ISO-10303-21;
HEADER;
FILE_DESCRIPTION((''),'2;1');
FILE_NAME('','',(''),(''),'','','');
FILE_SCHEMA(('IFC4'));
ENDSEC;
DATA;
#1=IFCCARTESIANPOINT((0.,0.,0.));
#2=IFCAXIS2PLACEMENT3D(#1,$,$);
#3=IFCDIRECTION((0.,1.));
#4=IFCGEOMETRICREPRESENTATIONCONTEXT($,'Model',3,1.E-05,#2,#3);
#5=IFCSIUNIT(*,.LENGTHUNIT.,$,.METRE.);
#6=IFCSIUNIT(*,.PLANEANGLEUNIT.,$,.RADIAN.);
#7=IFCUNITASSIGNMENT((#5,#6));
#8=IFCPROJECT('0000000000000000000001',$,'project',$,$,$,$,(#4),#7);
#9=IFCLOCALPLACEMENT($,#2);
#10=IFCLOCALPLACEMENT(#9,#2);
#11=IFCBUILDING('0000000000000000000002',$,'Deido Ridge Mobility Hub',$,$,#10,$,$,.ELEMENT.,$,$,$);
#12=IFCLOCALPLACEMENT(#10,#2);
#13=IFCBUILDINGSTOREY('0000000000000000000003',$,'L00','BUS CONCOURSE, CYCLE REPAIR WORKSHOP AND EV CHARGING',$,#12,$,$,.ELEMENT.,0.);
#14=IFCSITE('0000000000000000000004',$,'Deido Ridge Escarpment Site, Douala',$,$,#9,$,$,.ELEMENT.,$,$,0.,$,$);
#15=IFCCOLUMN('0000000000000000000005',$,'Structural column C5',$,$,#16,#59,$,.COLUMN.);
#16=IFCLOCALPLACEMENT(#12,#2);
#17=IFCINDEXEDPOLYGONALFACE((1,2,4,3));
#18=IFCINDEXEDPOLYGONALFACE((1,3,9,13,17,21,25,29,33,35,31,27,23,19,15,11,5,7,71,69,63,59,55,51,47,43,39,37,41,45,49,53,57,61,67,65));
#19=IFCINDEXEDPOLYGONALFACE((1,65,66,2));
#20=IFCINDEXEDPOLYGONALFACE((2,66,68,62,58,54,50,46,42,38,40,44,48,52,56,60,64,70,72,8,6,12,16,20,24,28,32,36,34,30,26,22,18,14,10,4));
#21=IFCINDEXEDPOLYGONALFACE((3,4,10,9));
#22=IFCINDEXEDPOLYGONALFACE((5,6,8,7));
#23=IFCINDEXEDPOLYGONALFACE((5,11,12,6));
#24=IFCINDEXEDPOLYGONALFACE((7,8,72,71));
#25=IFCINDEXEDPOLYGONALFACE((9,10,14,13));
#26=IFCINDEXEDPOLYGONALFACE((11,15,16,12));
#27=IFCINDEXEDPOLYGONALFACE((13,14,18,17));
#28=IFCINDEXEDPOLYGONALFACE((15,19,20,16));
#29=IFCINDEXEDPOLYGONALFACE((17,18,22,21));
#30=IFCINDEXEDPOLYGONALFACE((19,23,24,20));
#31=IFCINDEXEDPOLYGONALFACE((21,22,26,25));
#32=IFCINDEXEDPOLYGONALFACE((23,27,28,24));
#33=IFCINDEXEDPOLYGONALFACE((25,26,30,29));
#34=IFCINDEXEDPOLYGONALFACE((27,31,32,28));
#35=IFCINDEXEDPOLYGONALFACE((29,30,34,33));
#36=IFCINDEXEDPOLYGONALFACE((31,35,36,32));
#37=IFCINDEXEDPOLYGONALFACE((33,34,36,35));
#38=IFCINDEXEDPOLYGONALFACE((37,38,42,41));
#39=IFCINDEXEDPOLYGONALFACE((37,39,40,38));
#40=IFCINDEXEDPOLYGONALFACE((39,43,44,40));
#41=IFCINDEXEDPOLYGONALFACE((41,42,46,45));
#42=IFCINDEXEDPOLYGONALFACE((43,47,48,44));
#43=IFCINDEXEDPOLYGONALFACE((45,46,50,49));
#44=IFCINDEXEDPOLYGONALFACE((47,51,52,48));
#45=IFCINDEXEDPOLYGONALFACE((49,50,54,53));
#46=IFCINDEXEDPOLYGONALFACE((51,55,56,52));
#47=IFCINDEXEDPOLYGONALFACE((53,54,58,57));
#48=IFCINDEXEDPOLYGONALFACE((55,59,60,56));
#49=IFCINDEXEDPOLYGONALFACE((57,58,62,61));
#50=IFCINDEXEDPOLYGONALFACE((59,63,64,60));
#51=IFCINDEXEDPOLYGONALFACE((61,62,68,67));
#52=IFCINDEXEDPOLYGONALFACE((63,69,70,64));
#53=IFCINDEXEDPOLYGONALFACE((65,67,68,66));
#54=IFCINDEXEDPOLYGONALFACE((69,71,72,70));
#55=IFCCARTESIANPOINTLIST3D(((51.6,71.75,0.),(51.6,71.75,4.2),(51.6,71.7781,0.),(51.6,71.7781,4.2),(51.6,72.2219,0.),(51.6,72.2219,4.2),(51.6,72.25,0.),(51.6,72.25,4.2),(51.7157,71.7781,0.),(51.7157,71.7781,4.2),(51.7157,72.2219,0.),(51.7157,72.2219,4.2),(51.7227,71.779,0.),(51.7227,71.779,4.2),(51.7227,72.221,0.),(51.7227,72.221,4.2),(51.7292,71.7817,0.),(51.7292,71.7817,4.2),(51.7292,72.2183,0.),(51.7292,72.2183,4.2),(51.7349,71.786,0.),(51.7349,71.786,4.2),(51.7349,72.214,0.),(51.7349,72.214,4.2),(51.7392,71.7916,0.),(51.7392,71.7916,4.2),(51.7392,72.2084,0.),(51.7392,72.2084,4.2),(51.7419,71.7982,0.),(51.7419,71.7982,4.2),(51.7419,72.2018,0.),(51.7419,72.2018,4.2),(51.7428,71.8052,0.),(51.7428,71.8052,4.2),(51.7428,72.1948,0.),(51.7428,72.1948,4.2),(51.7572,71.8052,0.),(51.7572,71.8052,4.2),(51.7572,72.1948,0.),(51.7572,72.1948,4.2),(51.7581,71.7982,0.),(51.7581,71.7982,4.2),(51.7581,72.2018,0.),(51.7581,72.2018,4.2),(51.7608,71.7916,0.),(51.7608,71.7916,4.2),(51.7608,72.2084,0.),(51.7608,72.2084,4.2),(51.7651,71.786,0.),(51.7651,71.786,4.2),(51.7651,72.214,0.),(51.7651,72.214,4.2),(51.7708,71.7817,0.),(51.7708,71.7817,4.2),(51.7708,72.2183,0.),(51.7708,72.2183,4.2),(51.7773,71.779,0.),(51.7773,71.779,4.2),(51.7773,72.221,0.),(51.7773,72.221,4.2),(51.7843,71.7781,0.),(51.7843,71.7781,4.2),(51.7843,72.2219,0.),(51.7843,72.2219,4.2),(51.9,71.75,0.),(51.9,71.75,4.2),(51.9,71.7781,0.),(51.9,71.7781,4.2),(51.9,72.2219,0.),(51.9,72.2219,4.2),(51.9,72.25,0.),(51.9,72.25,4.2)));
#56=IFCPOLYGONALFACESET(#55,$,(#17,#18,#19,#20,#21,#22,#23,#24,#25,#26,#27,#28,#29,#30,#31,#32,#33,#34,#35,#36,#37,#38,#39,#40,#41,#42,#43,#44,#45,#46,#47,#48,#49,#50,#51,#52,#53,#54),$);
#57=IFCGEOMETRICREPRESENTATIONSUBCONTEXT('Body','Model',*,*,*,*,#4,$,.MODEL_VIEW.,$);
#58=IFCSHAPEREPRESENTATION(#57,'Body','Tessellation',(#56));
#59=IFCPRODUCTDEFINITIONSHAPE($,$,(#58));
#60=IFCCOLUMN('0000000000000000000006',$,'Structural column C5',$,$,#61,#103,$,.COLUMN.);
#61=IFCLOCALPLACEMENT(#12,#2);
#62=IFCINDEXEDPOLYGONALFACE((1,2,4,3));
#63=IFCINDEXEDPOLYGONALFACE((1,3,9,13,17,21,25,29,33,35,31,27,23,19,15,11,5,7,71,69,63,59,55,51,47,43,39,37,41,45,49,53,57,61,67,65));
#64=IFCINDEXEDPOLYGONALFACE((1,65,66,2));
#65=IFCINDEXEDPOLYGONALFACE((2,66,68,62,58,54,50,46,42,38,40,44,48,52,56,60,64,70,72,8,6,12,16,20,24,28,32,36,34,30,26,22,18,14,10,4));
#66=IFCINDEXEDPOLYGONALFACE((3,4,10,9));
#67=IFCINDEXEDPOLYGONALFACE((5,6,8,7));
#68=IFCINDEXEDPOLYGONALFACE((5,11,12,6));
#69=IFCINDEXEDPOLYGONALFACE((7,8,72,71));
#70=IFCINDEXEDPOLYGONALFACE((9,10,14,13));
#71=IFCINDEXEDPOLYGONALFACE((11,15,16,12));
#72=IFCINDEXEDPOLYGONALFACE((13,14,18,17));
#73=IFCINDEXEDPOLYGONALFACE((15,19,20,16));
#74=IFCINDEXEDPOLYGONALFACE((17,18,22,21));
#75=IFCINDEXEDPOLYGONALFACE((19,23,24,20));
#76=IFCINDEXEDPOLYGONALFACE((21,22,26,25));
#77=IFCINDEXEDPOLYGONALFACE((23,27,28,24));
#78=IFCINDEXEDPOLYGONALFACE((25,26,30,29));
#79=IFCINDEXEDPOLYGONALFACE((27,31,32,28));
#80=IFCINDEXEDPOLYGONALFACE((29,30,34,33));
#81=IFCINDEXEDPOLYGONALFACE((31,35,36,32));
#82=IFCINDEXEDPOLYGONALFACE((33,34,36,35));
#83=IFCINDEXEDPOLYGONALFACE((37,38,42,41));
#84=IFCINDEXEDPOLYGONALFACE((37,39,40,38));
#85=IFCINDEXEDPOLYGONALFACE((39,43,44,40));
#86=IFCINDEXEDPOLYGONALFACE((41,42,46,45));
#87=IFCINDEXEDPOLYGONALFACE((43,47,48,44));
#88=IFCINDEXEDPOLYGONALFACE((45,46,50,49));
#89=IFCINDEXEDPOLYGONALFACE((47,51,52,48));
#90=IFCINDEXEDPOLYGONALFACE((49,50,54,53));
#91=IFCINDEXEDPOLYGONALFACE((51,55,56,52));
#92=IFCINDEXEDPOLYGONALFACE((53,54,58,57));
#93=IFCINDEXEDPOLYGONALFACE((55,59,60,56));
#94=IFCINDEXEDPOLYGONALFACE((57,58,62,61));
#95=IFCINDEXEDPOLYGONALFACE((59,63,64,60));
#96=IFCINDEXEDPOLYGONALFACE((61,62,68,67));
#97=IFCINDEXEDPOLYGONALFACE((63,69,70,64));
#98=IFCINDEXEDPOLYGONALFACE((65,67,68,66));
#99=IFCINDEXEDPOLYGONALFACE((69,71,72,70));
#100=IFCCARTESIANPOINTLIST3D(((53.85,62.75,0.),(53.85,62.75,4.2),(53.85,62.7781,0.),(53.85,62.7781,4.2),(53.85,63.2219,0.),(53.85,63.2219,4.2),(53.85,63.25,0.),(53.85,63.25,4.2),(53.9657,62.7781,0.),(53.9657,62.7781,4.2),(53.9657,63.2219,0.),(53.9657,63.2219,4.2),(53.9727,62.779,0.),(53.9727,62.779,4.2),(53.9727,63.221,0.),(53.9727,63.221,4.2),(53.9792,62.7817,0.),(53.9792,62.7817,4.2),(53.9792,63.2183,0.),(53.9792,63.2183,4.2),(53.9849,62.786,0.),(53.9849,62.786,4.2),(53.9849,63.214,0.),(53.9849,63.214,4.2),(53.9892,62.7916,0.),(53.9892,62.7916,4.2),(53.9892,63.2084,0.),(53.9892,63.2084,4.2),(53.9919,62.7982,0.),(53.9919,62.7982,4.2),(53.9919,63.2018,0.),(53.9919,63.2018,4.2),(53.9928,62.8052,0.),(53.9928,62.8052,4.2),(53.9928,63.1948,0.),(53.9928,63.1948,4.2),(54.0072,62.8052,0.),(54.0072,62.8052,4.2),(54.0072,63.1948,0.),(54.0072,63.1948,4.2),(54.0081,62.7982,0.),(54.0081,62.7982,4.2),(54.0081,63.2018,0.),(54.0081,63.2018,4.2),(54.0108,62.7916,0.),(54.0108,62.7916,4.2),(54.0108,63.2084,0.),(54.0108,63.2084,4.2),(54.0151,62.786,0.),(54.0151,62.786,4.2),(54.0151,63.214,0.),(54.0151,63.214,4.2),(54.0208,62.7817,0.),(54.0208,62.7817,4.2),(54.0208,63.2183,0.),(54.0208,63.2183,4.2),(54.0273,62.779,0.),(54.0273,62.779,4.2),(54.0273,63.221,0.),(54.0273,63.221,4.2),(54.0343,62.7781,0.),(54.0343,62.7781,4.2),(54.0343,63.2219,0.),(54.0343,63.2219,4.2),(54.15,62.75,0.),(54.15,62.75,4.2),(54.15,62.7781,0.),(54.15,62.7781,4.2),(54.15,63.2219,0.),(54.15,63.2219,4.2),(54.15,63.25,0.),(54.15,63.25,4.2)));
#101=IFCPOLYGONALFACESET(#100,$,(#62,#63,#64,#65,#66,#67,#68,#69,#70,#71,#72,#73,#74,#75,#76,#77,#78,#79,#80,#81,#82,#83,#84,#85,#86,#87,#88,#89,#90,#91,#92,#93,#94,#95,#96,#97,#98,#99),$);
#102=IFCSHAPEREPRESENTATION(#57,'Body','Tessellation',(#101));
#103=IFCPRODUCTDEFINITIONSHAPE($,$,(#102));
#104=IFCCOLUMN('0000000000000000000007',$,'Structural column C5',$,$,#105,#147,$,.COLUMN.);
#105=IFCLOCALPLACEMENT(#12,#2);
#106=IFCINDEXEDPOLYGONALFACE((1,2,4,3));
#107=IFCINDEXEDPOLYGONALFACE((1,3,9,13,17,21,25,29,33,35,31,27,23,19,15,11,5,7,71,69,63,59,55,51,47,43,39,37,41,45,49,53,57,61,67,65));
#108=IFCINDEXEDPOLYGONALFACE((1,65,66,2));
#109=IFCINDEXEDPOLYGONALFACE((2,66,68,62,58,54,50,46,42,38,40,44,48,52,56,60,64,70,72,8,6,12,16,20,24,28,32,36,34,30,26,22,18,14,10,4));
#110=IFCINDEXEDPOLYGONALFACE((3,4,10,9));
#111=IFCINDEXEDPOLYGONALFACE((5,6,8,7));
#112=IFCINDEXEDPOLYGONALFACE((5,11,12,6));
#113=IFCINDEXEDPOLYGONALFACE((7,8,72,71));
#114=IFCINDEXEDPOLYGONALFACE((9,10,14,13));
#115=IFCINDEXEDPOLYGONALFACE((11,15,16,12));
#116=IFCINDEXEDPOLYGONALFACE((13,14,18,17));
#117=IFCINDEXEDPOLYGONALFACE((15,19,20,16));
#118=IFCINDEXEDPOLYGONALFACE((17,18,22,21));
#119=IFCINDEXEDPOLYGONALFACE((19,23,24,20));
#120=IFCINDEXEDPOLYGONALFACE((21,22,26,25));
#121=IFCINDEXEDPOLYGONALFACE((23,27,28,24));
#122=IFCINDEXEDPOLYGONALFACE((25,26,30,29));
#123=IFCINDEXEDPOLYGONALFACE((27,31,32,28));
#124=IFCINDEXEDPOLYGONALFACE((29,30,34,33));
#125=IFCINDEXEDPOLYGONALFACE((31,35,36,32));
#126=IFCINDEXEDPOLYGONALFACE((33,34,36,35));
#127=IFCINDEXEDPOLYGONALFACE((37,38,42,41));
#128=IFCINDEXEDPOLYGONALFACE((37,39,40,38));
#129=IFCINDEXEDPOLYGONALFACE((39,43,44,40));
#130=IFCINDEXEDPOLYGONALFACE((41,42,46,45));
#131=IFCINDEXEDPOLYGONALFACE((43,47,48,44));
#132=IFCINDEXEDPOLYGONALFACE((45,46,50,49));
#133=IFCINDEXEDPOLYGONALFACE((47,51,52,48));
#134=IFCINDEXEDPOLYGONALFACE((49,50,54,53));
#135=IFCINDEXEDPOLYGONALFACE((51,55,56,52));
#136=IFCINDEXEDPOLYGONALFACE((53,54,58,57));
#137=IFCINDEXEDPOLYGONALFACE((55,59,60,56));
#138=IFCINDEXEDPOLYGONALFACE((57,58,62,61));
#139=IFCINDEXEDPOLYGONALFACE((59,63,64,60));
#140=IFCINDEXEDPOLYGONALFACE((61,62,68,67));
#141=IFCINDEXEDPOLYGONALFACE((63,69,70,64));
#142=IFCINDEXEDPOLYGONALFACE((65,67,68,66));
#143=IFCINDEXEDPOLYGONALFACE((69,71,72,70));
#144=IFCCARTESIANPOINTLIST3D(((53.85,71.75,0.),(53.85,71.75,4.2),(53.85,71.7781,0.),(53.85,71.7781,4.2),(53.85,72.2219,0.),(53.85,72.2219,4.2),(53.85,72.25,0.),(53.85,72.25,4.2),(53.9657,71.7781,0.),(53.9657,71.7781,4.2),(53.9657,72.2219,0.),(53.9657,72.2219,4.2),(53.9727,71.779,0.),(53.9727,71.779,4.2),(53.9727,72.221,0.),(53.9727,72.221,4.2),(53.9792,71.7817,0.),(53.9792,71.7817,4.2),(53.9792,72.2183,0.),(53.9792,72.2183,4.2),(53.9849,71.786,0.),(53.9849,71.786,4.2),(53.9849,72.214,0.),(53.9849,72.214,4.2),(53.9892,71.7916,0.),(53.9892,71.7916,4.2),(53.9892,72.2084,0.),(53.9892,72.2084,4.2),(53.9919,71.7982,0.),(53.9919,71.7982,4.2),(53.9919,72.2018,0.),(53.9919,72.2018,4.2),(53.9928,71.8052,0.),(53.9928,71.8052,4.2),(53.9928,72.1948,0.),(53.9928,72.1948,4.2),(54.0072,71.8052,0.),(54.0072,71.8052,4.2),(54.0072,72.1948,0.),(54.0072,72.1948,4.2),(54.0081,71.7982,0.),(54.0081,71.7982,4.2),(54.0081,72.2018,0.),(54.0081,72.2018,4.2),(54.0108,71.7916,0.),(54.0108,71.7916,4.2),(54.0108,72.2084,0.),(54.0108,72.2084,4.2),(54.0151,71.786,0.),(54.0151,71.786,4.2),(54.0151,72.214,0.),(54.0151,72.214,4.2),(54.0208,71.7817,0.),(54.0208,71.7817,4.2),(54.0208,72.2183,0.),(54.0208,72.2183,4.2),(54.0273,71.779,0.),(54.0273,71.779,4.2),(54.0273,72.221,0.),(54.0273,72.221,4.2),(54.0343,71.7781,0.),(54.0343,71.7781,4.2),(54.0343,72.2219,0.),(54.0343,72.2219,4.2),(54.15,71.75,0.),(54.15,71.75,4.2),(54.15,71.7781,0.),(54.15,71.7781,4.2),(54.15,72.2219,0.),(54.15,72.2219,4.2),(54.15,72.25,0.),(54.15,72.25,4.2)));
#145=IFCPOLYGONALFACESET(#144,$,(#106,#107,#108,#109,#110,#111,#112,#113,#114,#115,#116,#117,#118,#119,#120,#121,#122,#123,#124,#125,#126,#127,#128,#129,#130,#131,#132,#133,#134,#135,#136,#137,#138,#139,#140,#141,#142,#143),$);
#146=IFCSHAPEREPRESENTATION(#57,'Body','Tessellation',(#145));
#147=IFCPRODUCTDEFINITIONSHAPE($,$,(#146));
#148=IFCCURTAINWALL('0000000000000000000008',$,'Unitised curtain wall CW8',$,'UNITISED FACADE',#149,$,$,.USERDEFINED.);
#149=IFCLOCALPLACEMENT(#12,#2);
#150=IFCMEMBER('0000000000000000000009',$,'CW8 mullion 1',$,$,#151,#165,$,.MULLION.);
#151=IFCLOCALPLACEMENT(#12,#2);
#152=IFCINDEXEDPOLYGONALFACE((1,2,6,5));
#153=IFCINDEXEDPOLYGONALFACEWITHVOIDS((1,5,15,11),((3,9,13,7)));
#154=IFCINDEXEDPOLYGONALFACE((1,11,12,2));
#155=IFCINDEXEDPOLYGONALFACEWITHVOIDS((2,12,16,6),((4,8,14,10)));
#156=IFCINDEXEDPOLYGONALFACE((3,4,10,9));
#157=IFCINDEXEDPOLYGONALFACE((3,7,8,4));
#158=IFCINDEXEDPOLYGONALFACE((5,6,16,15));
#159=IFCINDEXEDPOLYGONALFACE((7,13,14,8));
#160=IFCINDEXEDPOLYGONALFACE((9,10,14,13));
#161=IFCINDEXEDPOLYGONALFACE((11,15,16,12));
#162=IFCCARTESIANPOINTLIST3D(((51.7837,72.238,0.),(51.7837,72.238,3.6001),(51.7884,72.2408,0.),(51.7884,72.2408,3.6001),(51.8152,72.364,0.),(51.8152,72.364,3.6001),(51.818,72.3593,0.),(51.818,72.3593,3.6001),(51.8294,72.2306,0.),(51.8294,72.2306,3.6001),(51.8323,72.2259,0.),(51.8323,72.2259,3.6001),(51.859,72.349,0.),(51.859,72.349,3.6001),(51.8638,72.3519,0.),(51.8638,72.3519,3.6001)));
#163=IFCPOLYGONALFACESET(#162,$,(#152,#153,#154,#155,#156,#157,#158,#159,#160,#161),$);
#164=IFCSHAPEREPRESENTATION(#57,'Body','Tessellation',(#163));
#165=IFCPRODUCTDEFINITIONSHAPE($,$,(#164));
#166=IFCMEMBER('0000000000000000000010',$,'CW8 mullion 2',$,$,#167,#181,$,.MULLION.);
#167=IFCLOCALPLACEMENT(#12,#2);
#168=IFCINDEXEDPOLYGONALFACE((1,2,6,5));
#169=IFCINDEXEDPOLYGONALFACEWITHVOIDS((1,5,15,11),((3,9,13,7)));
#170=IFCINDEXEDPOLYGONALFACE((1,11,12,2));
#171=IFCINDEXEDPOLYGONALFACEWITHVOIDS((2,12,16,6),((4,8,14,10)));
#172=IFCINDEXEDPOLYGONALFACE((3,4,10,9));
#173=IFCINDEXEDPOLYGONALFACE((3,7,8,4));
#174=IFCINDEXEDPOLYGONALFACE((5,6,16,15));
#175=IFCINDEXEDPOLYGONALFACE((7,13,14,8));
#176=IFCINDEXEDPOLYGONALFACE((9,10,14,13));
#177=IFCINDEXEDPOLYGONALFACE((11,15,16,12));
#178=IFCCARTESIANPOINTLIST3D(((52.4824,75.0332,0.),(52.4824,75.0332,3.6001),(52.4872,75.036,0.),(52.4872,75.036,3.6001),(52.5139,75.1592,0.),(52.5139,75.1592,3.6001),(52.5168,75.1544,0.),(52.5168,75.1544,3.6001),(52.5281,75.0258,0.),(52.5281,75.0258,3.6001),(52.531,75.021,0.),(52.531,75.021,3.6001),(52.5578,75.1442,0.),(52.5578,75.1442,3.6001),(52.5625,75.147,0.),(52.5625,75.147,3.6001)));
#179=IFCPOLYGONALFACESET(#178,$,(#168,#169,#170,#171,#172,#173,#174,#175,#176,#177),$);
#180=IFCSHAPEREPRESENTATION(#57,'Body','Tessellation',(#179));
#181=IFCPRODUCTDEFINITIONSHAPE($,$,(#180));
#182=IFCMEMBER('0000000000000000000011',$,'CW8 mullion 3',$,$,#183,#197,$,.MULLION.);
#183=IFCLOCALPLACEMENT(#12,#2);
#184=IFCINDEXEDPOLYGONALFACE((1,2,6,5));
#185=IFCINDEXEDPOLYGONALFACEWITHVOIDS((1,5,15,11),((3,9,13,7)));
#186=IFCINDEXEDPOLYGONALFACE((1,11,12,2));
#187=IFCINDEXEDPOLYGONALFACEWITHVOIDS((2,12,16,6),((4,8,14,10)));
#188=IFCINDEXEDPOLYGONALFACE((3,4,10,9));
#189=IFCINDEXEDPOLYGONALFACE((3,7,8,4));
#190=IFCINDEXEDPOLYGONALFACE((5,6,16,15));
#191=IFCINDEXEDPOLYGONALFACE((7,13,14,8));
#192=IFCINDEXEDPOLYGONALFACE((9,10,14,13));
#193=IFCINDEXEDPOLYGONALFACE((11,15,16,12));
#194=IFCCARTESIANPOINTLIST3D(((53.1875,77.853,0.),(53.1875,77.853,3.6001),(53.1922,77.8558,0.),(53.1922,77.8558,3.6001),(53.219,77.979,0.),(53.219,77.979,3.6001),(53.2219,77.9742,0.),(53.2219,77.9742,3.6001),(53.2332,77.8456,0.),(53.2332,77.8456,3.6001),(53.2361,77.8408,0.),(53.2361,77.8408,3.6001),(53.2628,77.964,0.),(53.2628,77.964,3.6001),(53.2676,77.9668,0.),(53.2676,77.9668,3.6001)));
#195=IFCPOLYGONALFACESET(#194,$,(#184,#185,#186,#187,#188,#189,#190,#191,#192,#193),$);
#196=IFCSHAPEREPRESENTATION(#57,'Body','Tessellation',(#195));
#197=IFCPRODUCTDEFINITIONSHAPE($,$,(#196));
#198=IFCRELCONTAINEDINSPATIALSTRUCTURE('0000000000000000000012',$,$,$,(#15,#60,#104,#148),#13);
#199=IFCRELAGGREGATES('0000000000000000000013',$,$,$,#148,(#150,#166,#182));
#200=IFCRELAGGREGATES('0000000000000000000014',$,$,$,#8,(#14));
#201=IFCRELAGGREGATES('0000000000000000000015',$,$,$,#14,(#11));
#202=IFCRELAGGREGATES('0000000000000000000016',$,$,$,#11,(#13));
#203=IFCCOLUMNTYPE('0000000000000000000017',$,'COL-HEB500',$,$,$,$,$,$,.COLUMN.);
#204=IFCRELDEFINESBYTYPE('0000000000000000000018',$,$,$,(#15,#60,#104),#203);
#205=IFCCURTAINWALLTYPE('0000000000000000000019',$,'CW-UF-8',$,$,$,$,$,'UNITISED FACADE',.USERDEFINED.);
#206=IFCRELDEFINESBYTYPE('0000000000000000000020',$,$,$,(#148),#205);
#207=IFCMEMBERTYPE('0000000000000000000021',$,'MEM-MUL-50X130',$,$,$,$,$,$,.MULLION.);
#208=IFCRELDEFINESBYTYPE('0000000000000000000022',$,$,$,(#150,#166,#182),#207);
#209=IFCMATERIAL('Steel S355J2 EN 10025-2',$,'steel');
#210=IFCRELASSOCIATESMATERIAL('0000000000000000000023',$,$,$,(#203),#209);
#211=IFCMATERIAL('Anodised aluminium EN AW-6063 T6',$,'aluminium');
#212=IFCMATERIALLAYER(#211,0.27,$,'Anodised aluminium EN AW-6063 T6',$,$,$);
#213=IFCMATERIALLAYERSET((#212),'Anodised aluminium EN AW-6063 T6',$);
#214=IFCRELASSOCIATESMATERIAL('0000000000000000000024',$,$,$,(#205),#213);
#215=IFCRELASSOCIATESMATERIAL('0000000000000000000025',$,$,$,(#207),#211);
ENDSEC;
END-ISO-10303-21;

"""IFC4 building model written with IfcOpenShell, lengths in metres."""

from ifc_helpers import new_model, si_unit, direction, frame, origin, origin_2d, place, context, subcontext, project, spatial, hollow_rectangle, i_section, extrude, material, layer, layer_set, material_profile, profile_set, type_object, element, aggregate, save


model = new_model("IFC4")

# Units and contexts
model_context = context("Model", 3, precision=1e-05, world=origin(), true_north=direction((0.0, 1.0)))
body_context = subcontext(model_context, "Body", "Model", "MODEL_VIEW")
ifc_project = project(units=[si_unit("LENGTHUNIT", "METRE"), si_unit("PLANEANGLEUNIT", "RADIAN")], contexts=[model_context])

# Site, building, storey
site_placement = place(None, origin())
site = spatial("IfcSite", under=ifc_project, at=site_placement, Name="Deido Ridge Escarpment Site, Douala", CompositionType="ELEMENT", RefElevation=0.0)
building_placement = place(site_placement, origin())
building = spatial("IfcBuilding", under=site, at=building_placement, Name="Deido Ridge Mobility Hub", CompositionType="ELEMENT")
storey_placement = place(building_placement, origin())
storey = spatial("IfcBuildingStorey", under=building, at=storey_placement, Name="L00", Description="BUS CONCOURSE, CYCLE REPAIR WORKSHOP AND EV CHARGING", CompositionType="ELEMENT", Elevation=0.0)

# Columns
ifc_material_1 = material(Name="Steel S355J2 EN 10025-2", Category="steel")
ifc_material_profile_1 = material_profile(ifc_material_1, i_section(OverallWidth=0.3, OverallDepth=0.5, WebThickness=0.0144, FlangeThickness=0.0281, FilletRadius=0.0271, at=origin_2d()), Name="HEB 500")
ifc_profile_set_1 = profile_set([ifc_material_profile_1], Name="Steel S355J2 EN 10025-2")
column_type = type_object("IfcColumnType", Name="COL-HEB500", PredefinedType="COLUMN", material=ifc_profile_set_1)
for number, where, z_axis, x_axis, name in (
    (1, (51.75, 72.0, 0.0), (0.0, 0.0, 1.0), (1.0, 0.0, 0.0), "Structural column C5"),
    (2, (54.0, 63.0, 0.0), (0.0, 0.0, 1.0), (1.0, 0.0, 0.0), "Structural column C5"),
    (3, (54.0, 72.0, 0.0), (0.0, 0.0, 1.0), (1.0, 0.0, 0.0), "Structural column C5"),
):
    element("IfcColumn", number, at=place(storey_placement, frame(where, z_axis=z_axis, x_axis=x_axis)), inside=storey, type_object=column_type, Name=name, PredefinedType="COLUMN", context=body_context, shape_type="SweptSolid", body=[
        extrude(i_section(OverallWidth=0.3, OverallDepth=0.5, WebThickness=0.0144, FlangeThickness=0.0281, FilletRadius=0.0271, at=origin_2d()), origin(), (0.0, 0.0, 1.0), 4.2),
    ])

# Curtain wall, members
ifc_material_2 = material(Name="Anodised aluminium EN AW-6063 T6", Category="aluminium")
ifc_layer_1 = layer(ifc_material_2, 0.27, Name="Anodised aluminium EN AW-6063 T6")
ifc_layer_set_1 = layer_set([ifc_layer_1], Name="Anodised aluminium EN AW-6063 T6")
curtain_wall_type_1 = type_object("IfcCurtainWallType", Name="CW-UF-8", ElementType="UNITISED FACADE", PredefinedType="USERDEFINED", material=ifc_layer_set_1)
curtain_wall_1_placement = place(storey_placement, origin())
curtain_wall_1 = element("IfcCurtainWall", 4, at=curtain_wall_1_placement, inside=storey, type_object=curtain_wall_type_1, Name="Unitised curtain wall CW8", ObjectType="UNITISED FACADE", PredefinedType="USERDEFINED")
ifc_material_profile_2 = material_profile(ifc_material_2, hollow_rectangle(XDim=0.05, YDim=0.1299, WallThickness=0.0039, at=origin_2d()), Name="RHS 50x130x4")
ifc_profile_set_2 = profile_set([ifc_material_profile_2], Name="Anodised aluminium EN AW-6063 T6")
member_type_1 = type_object("IfcMemberType", Name="MEM-MUL-50X130", PredefinedType="MULLION", material=ifc_profile_set_2)
member_1_placement = place(storey_placement, frame((51.8237, 72.2949, 0.0), z_axis=(0.0, 0.0, 1.0), x_axis=(-0.97014, 0.242546, 0.0)))
member_1 = element("IfcMember", 5, at=member_1_placement, type_object=member_type_1, Name="CW8 mullion 1", PredefinedType="MULLION", context=body_context, shape_type="SweptSolid", body=[
    extrude(hollow_rectangle(XDim=0.05, YDim=0.1299, WallThickness=0.0039, at=origin_2d()), origin(), (0.0, 0.0, 1.0), 3.6001),
])
member_2_placement = place(storey_placement, frame((52.5225, 75.0901, 0.0), z_axis=(0.0, 0.0, 1.0), x_axis=(-0.97014, 0.242546, 0.0)))
member_2 = element("IfcMember", 6, at=member_2_placement, type_object=member_type_1, Name="CW8 mullion 2", PredefinedType="MULLION", context=body_context, shape_type="SweptSolid", body=[
    extrude(hollow_rectangle(XDim=0.05, YDim=0.1299, WallThickness=0.0039, at=origin_2d()), origin(), (0.0, 0.0, 1.0), 3.6001),
])
member_3_placement = place(storey_placement, frame((53.2275, 77.9099, 0.0), z_axis=(0.0, 0.0, 1.0), x_axis=(-0.97014, 0.242546, 0.0)))
member_3 = element("IfcMember", 7, at=member_3_placement, type_object=member_type_1, Name="CW8 mullion 3", PredefinedType="MULLION", context=body_context, shape_type="SweptSolid", body=[
    extrude(hollow_rectangle(XDim=0.05, YDim=0.1299, WallThickness=0.0039, at=origin_2d()), origin(), (0.0, 0.0, 1.0), 3.6001),
])

aggregate(curtain_wall_1, [member_1, member_2, member_3])

save(model, "model.ifc")
